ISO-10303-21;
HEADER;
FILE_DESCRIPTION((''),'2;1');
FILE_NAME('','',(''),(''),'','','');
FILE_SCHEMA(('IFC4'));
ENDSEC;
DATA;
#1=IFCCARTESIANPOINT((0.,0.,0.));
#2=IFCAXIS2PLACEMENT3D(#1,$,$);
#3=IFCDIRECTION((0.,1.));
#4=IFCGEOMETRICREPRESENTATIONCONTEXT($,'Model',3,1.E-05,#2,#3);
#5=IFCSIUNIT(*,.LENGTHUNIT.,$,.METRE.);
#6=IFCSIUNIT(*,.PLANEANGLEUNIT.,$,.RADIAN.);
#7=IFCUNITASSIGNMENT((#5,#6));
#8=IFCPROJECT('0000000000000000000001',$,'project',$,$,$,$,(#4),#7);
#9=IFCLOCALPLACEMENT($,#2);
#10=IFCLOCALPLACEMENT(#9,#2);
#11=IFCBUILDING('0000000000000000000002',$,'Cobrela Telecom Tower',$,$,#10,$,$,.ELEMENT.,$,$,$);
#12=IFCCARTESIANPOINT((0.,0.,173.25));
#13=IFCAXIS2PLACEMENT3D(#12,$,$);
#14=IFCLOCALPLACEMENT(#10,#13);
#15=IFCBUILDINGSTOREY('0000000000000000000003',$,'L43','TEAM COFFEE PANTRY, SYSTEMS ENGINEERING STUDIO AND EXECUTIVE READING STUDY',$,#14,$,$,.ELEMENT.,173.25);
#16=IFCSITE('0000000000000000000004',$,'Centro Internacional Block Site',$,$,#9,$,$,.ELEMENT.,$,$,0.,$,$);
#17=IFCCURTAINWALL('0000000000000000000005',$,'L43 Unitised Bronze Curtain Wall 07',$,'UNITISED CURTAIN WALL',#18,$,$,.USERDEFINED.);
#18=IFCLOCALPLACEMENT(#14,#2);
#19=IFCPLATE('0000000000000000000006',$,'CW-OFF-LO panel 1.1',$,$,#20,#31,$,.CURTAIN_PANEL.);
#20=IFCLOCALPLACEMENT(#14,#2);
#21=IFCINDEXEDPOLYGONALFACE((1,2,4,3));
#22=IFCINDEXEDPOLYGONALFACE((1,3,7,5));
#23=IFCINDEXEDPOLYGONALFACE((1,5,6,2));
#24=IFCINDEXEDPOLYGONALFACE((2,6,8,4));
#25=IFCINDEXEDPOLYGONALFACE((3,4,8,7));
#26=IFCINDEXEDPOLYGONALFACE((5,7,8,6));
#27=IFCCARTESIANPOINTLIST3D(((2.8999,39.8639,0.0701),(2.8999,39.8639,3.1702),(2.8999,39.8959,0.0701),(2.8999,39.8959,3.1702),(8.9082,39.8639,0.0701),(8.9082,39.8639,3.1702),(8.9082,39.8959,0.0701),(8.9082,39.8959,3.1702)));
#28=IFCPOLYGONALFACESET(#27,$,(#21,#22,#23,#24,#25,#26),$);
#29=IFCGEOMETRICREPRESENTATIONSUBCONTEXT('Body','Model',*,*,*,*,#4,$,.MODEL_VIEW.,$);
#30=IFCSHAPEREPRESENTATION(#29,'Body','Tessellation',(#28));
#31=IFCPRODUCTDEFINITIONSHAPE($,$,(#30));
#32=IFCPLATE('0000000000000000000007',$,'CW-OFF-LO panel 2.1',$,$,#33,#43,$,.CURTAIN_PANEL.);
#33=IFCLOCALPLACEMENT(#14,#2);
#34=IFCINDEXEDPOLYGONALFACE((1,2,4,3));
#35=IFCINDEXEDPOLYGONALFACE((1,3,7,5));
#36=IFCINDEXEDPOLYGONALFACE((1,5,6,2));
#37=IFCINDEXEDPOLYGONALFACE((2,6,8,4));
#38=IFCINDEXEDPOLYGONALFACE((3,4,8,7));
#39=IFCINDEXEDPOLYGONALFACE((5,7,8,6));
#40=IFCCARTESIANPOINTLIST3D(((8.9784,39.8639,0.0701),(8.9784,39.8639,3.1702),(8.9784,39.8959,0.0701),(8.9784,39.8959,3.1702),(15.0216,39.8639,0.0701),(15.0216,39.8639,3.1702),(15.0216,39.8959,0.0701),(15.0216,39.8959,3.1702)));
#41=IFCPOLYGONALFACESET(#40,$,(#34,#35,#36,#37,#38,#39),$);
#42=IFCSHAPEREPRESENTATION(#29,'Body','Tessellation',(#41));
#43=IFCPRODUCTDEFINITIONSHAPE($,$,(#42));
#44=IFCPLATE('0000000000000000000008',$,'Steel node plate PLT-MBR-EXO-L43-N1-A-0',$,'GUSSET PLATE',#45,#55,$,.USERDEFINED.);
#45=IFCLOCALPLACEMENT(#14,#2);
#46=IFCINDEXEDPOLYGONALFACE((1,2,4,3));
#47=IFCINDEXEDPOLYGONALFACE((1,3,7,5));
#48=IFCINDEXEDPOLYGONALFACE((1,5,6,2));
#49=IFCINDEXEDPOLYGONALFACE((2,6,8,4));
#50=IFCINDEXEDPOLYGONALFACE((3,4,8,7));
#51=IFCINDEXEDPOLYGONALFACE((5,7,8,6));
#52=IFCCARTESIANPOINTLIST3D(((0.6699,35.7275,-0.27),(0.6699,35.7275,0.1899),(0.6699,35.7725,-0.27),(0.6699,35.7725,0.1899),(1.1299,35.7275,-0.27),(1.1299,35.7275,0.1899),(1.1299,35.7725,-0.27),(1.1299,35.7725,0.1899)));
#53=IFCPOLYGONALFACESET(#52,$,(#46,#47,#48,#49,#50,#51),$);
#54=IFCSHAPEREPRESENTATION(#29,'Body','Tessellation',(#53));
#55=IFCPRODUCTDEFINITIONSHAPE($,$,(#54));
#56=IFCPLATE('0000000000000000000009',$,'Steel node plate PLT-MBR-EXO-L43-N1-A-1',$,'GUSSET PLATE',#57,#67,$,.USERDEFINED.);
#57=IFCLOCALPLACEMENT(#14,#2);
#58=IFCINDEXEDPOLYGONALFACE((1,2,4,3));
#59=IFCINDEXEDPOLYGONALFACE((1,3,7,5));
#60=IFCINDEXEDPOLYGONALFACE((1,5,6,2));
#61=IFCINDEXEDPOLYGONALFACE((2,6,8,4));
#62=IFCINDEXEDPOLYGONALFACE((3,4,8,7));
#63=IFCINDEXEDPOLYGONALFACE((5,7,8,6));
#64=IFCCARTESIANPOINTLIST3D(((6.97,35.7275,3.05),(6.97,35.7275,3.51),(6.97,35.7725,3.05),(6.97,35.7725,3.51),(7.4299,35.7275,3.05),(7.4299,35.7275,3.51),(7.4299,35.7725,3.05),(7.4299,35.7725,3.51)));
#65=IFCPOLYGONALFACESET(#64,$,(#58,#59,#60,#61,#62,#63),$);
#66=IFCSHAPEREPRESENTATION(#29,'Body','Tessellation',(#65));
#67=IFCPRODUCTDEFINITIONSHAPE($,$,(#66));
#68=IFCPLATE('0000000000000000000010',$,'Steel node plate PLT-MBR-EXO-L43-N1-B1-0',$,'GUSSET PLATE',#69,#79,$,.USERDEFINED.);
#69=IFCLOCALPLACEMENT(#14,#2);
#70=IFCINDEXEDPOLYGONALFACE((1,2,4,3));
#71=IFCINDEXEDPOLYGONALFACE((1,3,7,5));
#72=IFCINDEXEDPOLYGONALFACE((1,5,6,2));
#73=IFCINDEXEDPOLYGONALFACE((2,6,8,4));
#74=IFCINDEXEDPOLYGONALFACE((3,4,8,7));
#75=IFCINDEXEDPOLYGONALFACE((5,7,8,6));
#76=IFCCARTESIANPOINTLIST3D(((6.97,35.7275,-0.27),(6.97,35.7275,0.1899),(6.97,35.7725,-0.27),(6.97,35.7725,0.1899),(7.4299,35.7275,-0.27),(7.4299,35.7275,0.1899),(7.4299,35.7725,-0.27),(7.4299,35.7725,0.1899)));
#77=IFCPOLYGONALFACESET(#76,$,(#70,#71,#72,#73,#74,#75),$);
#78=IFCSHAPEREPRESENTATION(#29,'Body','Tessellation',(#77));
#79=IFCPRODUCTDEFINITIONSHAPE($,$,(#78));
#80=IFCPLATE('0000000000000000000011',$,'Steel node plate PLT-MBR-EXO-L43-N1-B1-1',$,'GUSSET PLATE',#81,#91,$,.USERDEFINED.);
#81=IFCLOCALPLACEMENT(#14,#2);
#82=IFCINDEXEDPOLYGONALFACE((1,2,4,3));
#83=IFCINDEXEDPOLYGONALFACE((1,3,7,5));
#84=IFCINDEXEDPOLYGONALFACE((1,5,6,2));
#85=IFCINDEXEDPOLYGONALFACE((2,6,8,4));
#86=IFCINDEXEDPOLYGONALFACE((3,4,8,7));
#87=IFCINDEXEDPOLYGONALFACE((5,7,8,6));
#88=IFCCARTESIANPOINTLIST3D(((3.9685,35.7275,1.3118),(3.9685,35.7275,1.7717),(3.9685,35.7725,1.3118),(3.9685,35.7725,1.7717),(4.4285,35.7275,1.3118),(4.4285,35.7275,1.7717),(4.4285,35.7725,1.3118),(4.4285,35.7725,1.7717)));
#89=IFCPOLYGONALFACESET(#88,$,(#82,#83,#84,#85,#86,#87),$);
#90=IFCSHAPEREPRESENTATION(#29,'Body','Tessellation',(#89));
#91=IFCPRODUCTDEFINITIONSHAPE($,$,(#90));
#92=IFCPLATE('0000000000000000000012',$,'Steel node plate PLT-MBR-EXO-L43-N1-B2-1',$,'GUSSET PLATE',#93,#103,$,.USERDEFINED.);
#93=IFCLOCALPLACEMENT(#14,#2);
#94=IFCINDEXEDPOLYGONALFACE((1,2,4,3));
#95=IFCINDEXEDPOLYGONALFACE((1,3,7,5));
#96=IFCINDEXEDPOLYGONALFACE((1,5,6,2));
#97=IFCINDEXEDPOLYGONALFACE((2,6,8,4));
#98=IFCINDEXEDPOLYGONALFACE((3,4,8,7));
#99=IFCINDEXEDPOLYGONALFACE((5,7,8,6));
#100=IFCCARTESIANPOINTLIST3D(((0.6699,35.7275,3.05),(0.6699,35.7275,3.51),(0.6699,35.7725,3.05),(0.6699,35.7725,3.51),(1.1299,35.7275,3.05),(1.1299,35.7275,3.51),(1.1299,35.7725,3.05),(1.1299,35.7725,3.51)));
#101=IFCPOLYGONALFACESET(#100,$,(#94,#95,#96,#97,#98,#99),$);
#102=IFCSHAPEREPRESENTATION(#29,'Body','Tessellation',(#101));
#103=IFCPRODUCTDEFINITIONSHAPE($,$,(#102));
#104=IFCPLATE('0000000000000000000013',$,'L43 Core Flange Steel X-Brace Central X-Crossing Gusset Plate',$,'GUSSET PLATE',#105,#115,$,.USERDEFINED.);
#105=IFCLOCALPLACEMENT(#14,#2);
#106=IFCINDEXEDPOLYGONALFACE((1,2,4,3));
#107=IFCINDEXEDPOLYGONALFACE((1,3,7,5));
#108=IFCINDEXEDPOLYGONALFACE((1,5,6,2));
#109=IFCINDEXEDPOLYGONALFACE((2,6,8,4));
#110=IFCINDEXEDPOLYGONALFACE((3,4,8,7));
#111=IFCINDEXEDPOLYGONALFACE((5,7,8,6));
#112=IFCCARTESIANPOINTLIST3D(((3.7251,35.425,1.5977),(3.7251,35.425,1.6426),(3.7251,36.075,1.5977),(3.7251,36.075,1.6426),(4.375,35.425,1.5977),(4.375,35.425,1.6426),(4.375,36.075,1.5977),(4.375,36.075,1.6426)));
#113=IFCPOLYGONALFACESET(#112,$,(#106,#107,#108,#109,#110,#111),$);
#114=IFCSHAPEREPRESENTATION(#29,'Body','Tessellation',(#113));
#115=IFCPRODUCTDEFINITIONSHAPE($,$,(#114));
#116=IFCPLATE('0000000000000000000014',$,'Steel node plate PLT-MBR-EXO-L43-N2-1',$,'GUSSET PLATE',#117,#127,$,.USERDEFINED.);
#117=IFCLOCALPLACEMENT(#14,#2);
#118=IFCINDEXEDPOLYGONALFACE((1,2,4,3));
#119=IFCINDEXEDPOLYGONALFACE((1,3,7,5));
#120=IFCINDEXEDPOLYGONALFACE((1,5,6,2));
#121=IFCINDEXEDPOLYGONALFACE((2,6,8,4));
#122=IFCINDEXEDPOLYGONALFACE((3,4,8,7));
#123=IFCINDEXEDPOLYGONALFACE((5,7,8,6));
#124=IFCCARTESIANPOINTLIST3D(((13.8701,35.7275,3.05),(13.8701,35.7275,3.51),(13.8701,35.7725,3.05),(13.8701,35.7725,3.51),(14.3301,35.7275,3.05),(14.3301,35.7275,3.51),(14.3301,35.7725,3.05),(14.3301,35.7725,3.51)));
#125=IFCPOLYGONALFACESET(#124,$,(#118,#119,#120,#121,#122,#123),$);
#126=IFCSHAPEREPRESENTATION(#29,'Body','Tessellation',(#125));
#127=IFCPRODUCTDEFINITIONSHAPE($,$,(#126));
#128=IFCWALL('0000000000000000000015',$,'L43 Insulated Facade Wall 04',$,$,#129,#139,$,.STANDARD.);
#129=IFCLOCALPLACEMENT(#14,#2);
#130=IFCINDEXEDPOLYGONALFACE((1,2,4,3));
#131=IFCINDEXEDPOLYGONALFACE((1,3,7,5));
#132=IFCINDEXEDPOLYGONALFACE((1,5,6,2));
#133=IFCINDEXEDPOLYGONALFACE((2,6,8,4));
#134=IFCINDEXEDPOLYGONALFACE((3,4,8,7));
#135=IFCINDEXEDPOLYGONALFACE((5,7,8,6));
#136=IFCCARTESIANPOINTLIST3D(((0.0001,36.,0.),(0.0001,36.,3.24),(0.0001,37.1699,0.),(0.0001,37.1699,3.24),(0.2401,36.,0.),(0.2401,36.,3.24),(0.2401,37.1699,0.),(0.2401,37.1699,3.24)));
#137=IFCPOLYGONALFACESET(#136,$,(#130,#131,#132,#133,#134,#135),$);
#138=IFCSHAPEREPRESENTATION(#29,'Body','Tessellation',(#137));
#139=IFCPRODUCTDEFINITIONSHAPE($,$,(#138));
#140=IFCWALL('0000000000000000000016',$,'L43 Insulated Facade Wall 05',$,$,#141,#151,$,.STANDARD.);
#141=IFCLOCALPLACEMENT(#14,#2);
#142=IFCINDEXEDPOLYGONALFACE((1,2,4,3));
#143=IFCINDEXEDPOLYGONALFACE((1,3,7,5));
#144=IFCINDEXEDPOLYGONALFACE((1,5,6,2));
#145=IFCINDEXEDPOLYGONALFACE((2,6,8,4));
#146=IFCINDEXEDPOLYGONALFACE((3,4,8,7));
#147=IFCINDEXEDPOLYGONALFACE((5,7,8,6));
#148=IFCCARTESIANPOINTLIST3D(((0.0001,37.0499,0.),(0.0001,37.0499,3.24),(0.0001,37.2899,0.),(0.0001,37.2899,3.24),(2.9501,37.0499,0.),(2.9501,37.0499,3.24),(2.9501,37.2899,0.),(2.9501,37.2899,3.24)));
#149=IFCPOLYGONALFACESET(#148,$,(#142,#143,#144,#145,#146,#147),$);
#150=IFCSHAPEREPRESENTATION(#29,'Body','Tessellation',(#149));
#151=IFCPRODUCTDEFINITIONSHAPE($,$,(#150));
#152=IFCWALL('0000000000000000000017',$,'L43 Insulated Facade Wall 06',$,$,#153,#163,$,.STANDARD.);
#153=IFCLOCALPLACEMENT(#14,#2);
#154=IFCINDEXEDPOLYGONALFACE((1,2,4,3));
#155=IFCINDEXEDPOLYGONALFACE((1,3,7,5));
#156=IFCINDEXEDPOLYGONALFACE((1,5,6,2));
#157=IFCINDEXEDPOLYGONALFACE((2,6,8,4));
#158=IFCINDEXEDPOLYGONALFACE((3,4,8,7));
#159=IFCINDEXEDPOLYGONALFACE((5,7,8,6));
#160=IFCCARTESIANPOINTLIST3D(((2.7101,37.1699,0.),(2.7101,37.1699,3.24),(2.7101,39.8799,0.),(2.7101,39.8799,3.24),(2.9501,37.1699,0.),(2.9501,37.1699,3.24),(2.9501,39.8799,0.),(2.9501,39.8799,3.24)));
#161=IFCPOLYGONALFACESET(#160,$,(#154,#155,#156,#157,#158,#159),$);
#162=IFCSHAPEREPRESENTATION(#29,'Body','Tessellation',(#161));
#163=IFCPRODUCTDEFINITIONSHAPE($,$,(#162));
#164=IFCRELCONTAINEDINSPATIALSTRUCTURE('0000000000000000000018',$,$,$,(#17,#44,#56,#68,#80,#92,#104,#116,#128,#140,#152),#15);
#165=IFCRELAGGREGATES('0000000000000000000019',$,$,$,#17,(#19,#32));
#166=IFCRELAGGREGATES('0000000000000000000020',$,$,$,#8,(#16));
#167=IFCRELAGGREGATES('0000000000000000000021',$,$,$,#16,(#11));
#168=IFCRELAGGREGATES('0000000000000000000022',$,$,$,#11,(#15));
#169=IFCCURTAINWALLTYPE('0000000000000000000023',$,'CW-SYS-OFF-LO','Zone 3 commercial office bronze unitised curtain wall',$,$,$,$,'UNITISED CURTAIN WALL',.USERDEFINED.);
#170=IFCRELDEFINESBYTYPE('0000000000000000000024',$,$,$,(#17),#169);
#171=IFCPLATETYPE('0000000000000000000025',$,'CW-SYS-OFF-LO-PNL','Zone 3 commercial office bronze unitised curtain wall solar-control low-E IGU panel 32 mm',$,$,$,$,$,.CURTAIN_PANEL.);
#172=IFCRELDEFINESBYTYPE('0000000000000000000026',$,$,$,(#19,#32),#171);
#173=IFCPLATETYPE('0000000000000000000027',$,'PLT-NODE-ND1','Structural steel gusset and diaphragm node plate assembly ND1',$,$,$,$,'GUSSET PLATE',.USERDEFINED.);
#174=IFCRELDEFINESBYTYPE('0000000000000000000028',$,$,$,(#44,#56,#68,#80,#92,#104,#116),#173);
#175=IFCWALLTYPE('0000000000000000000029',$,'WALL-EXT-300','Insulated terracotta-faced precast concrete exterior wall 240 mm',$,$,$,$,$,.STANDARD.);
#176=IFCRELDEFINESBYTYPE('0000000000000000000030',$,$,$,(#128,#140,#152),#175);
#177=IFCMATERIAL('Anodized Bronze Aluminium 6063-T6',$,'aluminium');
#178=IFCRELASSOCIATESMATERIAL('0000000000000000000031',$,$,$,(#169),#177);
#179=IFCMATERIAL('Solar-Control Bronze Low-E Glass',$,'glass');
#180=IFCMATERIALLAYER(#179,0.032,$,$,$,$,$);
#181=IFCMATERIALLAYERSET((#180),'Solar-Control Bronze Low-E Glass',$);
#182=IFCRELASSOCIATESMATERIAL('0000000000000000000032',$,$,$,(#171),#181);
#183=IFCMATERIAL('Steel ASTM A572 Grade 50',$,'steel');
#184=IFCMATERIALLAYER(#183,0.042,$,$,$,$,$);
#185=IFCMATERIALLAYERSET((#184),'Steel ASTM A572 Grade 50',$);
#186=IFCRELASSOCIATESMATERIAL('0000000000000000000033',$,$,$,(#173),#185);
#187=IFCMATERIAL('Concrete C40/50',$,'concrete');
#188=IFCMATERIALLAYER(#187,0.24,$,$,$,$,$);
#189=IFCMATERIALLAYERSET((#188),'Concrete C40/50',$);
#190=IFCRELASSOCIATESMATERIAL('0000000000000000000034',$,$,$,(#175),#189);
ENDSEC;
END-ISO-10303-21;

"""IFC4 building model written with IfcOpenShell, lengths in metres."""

from ifc_helpers import new_model, si_unit, direction, frame, frame_2d, origin, origin_2d, place, context, subcontext, project, spatial, rectangle, extrude, material, layer, layer_set, type_object, element, aggregate, save


model = new_model("IFC4")

# Units and contexts
model_context = context("Model", 3, precision=1e-05, world=origin(), true_north=direction((0.0, 1.0)))
body_context = subcontext(model_context, "Body", "Model", "MODEL_VIEW")
ifc_project = project(units=[si_unit("LENGTHUNIT", "METRE"), si_unit("PLANEANGLEUNIT", "RADIAN")], contexts=[model_context])

# Site, building, storey
site_placement = place(None, origin())
site = spatial("IfcSite", under=ifc_project, at=site_placement, Name="Centro Internacional Block Site", CompositionType="ELEMENT", RefElevation=0.0)
building_placement = place(site_placement, origin())
building = spatial("IfcBuilding", under=site, at=building_placement, Name="Cobrela Telecom Tower", CompositionType="ELEMENT")
storey_placement = place(building_placement, frame((0.0, 0.0, 173.25)))
storey = spatial("IfcBuildingStorey", under=building, at=storey_placement, Name="L43", Description="TEAM COFFEE PANTRY, SYSTEMS ENGINEERING STUDIO AND EXECUTIVE READING STUDY", CompositionType="ELEMENT", Elevation=173.25)

# Shared definitions
ifc_material_1 = material(Name="Steel ASTM A572 Grade 50", Category="steel")

# Curtain wall
ifc_material_2 = material(Name="Anodized Bronze Aluminium 6063-T6", Category="aluminium")
curtain_wall_type = type_object("IfcCurtainWallType", Name="CW-SYS-OFF-LO", Description="Zone 3 commercial office bronze unitised curtain wall", ElementType="UNITISED CURTAIN WALL", PredefinedType="USERDEFINED", material=ifc_material_2)
curtain_wall_placement = place(storey_placement, origin())
curtain_wall = element("IfcCurtainWall", 1, at=curtain_wall_placement, inside=storey, type_object=curtain_wall_type, Name="L43 Unitised Bronze Curtain Wall 07", ObjectType="UNITISED CURTAIN WALL", PredefinedType="USERDEFINED")

# Plates
ifc_material_3 = material(Name="Solar-Control Bronze Low-E Glass", Category="glass")
ifc_layer_1 = layer(ifc_material_3, 0.032)
ifc_layer_set_1 = layer_set([ifc_layer_1], Name="Solar-Control Bronze Low-E Glass")
plate_type_1 = type_object("IfcPlateType", Name="CW-SYS-OFF-LO-PNL", Description="Zone 3 commercial office bronze unitised curtain wall solar-control low-E IGU panel 32 mm", PredefinedType="CURTAIN_PANEL", material=ifc_layer_set_1)
plate_1_placement = place(storey_placement, frame((5.9041, 39.8799, 0.0701), z_axis=(0.0, 0.0, 1.0), x_axis=(1.0, 0.0, 0.0)))
plate_1 = element("IfcPlate", 2, at=plate_1_placement, type_object=plate_type_1, Name="CW-OFF-LO panel 1.1", PredefinedType="CURTAIN_PANEL", context=body_context, shape_type="SweptSolid", body=[
    extrude(rectangle(XDim=6.0083, YDim=0.032, at=origin_2d()), origin(), (0.0, 0.0, 1.0), 3.1001),
])
plate_2_placement = place(storey_placement, frame((12.0, 39.8799, 0.0701), z_axis=(0.0, 0.0, 1.0), x_axis=(1.0, 0.0, 0.0)))
plate_2 = element("IfcPlate", 3, at=plate_2_placement, type_object=plate_type_1, Name="CW-OFF-LO panel 2.1", PredefinedType="CURTAIN_PANEL", context=body_context, shape_type="SweptSolid", body=[
    extrude(rectangle(XDim=6.0432, YDim=0.032, at=origin_2d()), origin(), (0.0, 0.0, 1.0), 3.1001),
])
aggregate(curtain_wall, [plate_1, plate_2])

# Plates
ifc_layer_2 = layer(ifc_material_1, 0.042)
ifc_layer_set_2 = layer_set([ifc_layer_2], Name="Steel ASTM A572 Grade 50")
plate_type_2 = type_object("IfcPlateType", Name="PLT-NODE-ND1", Description="Structural steel gusset and diaphragm node plate assembly ND1", ElementType="GUSSET PLATE", PredefinedType="USERDEFINED", material=ifc_layer_set_2)
for number, where, z_axis, x_axis, name in (
    (4, (0.8999, 35.75, -0.27), (0.0, 0.0, 1.0), (1.0, 0.0, 0.0), "Steel node plate PLT-MBR-EXO-L43-N1-A-0"),
    (5, (7.2, 35.75, 3.05), (0.0, 0.0, 1.0), (1.0, 0.0, 0.0), "Steel node plate PLT-MBR-EXO-L43-N1-A-1"),
    (6, (7.2, 35.75, -0.27), (0.0, 0.0, 1.0), (-1.0, 0.0, 0.0), "Steel node plate PLT-MBR-EXO-L43-N1-B1-0"),
    (7, (4.1985, 35.75, 1.3118), (0.0, 0.0, 1.0), (-1.0, 0.0, 0.0), "Steel node plate PLT-MBR-EXO-L43-N1-B1-1"),
    (8, (0.8999, 35.75, 3.05), (0.0, 0.0, 1.0), (-1.0, 0.0, 0.0), "Steel node plate PLT-MBR-EXO-L43-N1-B2-1"),
):
    element("IfcPlate", number, at=place(storey_placement, frame(where, z_axis=z_axis, x_axis=x_axis)), inside=storey, type_object=plate_type_2, Name=name, ObjectType="GUSSET PLATE", PredefinedType="USERDEFINED", context=body_context, shape_type="SweptSolid", body=[
        extrude(rectangle(XDim=0.46, YDim=0.0449, at=origin_2d()), origin(), (0.0, 0.0, 1.0), 0.46),
    ])
plate_3_placement = place(storey_placement, frame((4.05, 35.75, 1.5977), z_axis=(0.0, 0.0, 1.0), x_axis=(1.0, 0.0, 0.0)))
element("IfcPlate", 9, at=plate_3_placement, inside=storey, type_object=plate_type_2, Name="L43 Core Flange Steel X-Brace Central X-Crossing Gusset Plate", ObjectType="GUSSET PLATE", PredefinedType="USERDEFINED", context=body_context, shape_type="SweptSolid", body=[
    extrude(rectangle(XDim=0.6499, YDim=0.6499, at=origin_2d()), origin(), (0.0, 0.0, 1.0), 0.0449),
])
plate_4_placement = place(storey_placement, frame((14.1001, 35.75, 3.05), z_axis=(0.0, 0.0, 1.0), x_axis=(1.0, 0.0, 0.0)))
element("IfcPlate", 10, at=plate_4_placement, inside=storey, type_object=plate_type_2, Name="Steel node plate PLT-MBR-EXO-L43-N2-1", ObjectType="GUSSET PLATE", PredefinedType="USERDEFINED", context=body_context, shape_type="SweptSolid", body=[
    extrude(rectangle(XDim=0.46, YDim=0.0449, at=origin_2d()), origin(), (0.0, 0.0, 1.0), 0.46),
])

# Walls
ifc_material_4 = material(Name="Concrete C40/50", Category="concrete")
ifc_layer_3 = layer(ifc_material_4, 0.24)
ifc_layer_set_3 = layer_set([ifc_layer_3], Name="Concrete C40/50")
wall_type = type_object("IfcWallType", Name="WALL-EXT-300", Description="Insulated terracotta-faced precast concrete exterior wall 240 mm", PredefinedType="STANDARD", material=ifc_layer_set_3)
wall_1_placement = place(storey_placement, frame((0.1201, 36.0, 0.0), z_axis=(0.0, 0.0, 1.0), x_axis=(0.0, 1.0, 0.0)))
element("IfcWall", 11, at=wall_1_placement, inside=storey, type_object=wall_type, Name="L43 Insulated Facade Wall 04", PredefinedType="STANDARD", context=body_context, shape_type="SweptSolid", body=[
    extrude(rectangle(XDim=1.1699, YDim=0.24, at=frame_2d((0.585, 0.0))), origin(), (0.0, 0.0, 1.0), 3.24),
])
wall_2_placement = place(storey_placement, frame((0.0, 37.1699, 0.0), z_axis=(0.0, 0.0, 1.0), x_axis=(1.0, 0.0, 0.0)))
element("IfcWall", 12, at=wall_2_placement, inside=storey, type_object=wall_type, Name="L43 Insulated Facade Wall 05", PredefinedType="STANDARD", context=body_context, shape_type="SweptSolid", body=[
    extrude(rectangle(XDim=2.95, YDim=0.24, at=frame_2d((1.4751, 0.0))), origin(), (0.0, 0.0, 1.0), 3.24),
])
wall_3_placement = place(storey_placement, frame((2.8301, 37.1699, 0.0), z_axis=(0.0, 0.0, 1.0), x_axis=(0.0, 1.0, 0.0)))
element("IfcWall", 13, at=wall_3_placement, inside=storey, type_object=wall_type, Name="L43 Insulated Facade Wall 06", PredefinedType="STANDARD", context=body_context, shape_type="SweptSolid", body=[
    extrude(rectangle(XDim=2.71, YDim=0.24, at=frame_2d((1.355, 0.0))), origin(), (0.0, 0.0, 1.0), 3.24),
])

save(model, "model.ifc")
